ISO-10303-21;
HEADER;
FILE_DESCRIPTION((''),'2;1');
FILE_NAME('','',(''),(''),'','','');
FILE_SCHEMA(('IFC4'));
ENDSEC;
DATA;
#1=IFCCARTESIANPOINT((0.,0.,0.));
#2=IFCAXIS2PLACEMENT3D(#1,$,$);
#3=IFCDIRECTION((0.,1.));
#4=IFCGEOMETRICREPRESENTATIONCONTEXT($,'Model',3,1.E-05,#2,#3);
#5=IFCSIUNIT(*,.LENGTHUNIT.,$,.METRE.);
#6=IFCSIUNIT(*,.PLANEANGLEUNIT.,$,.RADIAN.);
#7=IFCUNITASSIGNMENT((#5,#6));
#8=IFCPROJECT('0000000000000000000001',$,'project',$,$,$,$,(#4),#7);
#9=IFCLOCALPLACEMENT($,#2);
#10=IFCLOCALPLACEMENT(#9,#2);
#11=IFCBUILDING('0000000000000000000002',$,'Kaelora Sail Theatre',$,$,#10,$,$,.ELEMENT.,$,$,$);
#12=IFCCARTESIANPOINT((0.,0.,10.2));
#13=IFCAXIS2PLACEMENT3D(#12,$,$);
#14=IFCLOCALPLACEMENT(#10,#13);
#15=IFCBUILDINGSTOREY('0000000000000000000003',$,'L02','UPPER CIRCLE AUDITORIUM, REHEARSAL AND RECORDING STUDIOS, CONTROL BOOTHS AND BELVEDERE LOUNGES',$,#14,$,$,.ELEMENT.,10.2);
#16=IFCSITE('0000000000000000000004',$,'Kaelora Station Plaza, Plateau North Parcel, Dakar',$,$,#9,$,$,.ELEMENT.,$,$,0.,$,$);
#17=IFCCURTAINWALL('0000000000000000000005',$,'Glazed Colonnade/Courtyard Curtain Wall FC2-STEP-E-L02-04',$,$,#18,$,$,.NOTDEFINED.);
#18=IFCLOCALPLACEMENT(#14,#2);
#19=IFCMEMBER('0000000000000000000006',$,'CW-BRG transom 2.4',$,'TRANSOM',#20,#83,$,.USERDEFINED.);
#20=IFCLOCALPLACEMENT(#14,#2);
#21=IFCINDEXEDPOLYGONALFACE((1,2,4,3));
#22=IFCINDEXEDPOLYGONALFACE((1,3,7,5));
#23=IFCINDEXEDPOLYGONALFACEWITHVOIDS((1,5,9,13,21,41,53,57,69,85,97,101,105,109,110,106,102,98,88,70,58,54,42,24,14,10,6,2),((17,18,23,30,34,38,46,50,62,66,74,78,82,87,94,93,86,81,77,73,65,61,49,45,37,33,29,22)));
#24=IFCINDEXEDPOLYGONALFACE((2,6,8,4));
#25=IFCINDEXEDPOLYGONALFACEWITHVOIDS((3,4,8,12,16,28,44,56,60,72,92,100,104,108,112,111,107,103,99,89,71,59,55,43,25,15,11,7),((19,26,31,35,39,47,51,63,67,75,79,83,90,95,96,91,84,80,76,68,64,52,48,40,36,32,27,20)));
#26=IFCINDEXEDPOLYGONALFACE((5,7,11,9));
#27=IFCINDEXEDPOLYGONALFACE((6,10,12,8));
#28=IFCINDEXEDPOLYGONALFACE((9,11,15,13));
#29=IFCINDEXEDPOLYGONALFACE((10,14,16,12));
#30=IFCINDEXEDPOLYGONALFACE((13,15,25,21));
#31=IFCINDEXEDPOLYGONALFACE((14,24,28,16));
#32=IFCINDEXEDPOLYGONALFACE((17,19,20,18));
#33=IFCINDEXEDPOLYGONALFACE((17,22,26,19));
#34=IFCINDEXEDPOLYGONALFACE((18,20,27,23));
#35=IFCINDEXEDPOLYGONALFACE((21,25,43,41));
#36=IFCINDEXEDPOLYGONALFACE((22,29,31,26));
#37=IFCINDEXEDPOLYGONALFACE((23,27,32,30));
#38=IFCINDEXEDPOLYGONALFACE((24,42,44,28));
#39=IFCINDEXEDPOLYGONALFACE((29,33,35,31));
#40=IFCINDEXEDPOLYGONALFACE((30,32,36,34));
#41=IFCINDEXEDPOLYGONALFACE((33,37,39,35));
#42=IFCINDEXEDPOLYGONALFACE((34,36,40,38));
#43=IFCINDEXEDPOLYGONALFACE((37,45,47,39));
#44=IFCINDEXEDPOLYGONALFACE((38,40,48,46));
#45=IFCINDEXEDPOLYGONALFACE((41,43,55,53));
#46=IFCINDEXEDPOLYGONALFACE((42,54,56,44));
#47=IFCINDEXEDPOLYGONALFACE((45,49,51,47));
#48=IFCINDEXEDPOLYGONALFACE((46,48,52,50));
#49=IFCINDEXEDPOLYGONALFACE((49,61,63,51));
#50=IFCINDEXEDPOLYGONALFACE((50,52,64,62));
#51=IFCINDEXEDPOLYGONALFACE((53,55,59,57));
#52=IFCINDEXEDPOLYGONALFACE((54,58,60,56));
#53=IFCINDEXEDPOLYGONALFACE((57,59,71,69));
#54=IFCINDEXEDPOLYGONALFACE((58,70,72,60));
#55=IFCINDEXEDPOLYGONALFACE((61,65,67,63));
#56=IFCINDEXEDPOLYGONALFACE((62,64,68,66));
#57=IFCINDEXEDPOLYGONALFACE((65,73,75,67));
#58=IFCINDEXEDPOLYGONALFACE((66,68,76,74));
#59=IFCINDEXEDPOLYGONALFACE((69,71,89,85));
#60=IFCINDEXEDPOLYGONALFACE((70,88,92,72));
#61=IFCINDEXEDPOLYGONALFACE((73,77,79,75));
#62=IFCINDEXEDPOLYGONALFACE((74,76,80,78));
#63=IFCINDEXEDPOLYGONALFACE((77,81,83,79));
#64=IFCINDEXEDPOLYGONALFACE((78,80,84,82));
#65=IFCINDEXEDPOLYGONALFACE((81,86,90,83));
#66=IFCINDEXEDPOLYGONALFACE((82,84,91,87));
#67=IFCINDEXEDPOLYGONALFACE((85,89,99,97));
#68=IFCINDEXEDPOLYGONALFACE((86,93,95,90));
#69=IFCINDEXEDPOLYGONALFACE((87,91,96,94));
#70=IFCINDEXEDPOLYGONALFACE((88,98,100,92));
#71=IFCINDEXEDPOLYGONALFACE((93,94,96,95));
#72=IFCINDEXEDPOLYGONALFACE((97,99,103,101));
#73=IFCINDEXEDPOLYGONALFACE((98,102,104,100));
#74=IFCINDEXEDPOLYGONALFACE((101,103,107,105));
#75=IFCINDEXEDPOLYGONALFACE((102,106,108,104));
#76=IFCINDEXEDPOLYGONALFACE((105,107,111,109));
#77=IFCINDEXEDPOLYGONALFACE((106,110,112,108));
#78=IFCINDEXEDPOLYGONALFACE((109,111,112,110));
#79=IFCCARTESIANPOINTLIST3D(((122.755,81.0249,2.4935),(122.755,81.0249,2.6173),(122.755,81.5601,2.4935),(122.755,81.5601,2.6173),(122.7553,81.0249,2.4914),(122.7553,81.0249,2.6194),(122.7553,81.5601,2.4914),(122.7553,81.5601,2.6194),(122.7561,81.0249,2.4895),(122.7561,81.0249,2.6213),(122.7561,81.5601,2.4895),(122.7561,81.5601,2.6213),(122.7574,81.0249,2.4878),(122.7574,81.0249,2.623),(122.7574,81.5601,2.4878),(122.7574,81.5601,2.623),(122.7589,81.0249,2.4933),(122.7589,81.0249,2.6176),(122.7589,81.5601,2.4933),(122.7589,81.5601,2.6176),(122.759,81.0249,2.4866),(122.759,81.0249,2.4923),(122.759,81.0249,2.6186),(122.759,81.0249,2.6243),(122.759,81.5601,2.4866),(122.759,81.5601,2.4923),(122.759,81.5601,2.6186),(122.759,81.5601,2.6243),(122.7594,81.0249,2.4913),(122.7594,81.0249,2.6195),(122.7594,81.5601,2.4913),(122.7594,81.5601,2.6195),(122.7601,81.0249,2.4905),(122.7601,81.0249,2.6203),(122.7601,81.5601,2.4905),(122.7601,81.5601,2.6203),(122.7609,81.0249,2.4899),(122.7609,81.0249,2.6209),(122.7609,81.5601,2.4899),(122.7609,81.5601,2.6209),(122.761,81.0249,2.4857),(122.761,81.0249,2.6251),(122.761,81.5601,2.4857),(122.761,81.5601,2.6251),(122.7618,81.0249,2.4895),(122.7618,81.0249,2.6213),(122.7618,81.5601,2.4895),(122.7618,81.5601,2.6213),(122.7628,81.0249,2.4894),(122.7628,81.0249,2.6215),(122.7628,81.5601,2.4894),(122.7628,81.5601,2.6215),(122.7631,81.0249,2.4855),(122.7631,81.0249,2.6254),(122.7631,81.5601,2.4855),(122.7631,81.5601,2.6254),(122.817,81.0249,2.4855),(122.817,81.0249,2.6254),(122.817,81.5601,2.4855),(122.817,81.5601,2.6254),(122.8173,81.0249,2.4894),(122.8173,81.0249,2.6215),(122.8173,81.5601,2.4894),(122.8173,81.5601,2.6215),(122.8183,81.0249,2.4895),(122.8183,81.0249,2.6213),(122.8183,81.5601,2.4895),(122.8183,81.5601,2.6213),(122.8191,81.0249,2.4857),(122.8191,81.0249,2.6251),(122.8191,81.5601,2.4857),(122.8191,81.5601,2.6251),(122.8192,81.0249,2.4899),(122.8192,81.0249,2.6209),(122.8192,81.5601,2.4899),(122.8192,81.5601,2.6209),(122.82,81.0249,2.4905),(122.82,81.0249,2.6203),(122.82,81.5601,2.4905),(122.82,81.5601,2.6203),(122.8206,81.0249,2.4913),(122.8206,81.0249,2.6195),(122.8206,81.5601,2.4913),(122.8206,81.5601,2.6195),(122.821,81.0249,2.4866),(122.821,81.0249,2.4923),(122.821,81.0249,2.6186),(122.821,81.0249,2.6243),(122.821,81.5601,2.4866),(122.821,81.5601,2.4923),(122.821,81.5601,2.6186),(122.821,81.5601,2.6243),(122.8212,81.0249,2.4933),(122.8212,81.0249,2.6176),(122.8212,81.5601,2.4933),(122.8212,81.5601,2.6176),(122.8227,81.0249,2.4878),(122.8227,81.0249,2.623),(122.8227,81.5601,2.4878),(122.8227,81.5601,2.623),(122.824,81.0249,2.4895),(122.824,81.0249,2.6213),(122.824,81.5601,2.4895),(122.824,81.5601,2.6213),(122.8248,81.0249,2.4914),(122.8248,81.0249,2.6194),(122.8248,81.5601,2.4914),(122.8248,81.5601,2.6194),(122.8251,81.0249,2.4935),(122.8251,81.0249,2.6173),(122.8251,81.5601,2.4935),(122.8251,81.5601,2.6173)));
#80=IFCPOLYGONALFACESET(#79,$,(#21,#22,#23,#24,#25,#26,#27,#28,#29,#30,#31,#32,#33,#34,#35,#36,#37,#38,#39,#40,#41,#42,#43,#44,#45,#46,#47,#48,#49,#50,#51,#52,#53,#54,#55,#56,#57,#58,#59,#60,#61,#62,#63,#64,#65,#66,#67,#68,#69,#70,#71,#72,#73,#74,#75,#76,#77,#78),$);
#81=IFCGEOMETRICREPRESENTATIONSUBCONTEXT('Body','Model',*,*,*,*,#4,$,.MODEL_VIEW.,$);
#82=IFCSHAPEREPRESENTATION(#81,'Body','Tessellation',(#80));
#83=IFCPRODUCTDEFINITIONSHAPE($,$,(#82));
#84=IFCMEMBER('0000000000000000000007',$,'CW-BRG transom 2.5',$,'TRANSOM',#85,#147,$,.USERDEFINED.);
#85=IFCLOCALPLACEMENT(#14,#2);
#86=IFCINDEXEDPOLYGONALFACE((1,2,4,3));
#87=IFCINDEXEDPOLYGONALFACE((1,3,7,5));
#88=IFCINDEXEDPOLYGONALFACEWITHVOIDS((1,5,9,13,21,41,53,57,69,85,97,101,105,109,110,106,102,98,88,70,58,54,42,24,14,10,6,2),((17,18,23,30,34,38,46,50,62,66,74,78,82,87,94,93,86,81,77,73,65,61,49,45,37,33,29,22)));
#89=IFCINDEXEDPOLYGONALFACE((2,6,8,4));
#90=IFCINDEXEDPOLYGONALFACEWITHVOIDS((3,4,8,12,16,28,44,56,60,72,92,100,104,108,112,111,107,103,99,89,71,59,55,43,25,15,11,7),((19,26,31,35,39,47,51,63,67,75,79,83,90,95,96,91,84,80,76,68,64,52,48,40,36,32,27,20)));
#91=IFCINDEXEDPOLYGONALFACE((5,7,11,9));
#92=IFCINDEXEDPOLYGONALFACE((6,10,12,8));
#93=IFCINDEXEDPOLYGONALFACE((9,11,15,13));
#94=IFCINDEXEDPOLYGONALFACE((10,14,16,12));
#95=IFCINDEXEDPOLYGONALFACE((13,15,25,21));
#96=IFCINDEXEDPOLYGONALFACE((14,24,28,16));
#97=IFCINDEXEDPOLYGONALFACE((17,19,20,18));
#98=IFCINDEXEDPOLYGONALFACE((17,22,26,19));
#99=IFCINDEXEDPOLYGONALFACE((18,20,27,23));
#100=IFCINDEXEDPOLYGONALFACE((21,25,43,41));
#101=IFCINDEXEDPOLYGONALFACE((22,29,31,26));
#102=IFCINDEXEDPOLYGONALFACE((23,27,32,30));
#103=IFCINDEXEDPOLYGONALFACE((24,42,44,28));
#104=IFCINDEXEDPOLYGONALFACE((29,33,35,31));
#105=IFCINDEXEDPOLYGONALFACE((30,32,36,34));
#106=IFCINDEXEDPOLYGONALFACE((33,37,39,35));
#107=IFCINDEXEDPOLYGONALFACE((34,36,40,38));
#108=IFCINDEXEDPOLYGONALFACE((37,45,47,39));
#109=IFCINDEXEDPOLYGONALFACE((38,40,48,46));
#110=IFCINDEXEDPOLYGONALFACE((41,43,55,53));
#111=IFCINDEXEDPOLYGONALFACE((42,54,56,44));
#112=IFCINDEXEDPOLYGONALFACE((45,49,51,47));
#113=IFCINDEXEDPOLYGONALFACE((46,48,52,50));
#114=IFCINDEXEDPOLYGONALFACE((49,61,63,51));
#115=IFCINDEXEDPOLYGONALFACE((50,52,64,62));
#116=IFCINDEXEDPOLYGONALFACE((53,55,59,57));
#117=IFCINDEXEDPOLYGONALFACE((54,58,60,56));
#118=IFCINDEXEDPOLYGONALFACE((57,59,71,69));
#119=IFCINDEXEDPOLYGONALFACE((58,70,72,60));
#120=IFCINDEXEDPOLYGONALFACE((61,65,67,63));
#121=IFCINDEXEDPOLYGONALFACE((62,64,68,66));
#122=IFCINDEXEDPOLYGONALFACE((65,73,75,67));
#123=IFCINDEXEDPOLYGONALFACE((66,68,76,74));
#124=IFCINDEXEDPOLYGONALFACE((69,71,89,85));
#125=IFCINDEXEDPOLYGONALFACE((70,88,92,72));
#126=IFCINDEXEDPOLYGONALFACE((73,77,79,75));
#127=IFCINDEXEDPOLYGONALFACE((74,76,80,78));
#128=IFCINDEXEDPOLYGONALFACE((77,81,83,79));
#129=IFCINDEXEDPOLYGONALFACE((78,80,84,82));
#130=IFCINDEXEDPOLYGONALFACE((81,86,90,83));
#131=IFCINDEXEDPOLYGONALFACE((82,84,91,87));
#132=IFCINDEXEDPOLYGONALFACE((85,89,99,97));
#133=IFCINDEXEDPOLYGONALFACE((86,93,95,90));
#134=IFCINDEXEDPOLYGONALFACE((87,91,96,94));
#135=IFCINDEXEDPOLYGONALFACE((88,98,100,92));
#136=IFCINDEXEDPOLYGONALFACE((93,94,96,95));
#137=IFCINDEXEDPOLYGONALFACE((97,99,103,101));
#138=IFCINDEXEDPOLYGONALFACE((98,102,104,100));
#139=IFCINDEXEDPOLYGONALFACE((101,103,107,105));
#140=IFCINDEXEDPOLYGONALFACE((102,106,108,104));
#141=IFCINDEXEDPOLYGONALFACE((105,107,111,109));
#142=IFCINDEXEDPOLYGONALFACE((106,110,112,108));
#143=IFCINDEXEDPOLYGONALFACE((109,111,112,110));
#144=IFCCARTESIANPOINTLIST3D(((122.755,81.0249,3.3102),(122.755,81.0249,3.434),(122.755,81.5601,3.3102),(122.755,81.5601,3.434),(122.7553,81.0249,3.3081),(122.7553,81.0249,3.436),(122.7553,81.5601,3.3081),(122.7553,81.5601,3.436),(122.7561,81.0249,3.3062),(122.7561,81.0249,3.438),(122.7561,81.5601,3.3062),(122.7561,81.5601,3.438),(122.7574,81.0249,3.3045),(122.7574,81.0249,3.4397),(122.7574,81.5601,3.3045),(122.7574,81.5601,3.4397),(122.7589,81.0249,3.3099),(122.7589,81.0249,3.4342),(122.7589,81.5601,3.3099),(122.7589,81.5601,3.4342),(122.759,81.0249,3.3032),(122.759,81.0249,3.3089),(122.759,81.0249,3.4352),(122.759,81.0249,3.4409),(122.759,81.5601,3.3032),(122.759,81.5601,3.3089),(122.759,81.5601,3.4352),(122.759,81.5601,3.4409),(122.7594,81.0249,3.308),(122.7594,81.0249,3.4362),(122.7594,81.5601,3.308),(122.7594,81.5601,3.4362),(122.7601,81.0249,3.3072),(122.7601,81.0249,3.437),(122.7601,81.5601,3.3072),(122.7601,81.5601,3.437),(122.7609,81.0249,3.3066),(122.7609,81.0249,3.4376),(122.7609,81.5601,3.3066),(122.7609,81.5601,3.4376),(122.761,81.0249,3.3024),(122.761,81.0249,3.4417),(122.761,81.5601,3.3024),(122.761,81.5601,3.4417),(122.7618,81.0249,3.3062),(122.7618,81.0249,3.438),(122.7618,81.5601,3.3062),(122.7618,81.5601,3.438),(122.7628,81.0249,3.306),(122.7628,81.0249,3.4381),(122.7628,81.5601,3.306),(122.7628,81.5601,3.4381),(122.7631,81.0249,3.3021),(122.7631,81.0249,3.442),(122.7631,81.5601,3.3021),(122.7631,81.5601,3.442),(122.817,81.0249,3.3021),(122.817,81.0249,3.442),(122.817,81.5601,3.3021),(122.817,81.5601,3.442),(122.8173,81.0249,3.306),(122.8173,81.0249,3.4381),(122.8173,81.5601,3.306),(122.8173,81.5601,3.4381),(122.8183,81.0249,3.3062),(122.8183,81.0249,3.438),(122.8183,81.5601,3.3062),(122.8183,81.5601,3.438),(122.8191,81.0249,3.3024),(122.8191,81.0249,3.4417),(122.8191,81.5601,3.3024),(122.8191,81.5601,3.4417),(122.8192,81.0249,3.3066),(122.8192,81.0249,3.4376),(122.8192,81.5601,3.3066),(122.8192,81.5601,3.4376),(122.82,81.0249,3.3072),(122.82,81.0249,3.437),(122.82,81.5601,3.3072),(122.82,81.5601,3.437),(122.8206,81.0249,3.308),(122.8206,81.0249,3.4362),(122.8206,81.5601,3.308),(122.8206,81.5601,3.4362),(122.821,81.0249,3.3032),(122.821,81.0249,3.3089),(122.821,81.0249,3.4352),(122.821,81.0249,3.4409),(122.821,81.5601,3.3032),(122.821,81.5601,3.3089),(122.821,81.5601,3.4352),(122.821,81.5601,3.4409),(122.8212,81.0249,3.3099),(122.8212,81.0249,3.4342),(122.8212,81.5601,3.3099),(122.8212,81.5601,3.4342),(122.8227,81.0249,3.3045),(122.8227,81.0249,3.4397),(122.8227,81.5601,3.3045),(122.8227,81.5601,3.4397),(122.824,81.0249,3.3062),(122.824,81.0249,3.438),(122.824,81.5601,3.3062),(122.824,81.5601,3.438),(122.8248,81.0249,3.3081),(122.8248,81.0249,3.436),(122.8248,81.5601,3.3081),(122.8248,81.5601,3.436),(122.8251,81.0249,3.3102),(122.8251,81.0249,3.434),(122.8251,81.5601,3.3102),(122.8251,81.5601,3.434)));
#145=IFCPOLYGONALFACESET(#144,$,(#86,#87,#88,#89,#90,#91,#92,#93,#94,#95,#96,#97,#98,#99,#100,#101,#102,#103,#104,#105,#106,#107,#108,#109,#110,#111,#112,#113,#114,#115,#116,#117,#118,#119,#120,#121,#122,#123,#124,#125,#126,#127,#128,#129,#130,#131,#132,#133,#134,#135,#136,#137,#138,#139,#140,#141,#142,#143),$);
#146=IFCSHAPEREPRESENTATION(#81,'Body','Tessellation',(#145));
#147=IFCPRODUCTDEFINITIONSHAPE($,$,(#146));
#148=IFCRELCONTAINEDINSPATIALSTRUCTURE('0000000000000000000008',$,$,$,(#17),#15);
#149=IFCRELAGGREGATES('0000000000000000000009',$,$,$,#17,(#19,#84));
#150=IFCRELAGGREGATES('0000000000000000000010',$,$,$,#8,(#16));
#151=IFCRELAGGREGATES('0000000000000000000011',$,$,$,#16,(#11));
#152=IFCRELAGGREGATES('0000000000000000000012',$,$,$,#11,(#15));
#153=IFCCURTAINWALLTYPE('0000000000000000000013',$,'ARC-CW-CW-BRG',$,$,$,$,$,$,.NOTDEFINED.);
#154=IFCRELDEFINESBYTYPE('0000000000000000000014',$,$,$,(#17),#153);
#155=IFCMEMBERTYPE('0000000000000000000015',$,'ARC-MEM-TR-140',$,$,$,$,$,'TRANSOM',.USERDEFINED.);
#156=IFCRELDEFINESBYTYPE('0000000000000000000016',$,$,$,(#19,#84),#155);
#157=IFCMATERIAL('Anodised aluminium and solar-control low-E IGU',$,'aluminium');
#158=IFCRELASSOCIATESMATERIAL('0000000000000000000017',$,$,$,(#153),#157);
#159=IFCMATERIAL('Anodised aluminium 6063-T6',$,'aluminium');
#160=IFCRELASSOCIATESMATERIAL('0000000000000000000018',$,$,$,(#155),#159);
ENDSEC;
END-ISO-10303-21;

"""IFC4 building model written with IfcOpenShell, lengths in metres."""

from ifc_helpers import new_model, si_unit, direction, frame, origin, origin_2d, place, context, subcontext, project, spatial, hollow_rectangle, extrude, material, material_profile, profile_set, type_object, element, aggregate, save


model = new_model("IFC4")

# Units and contexts
model_context = context("Model", 3, precision=1e-05, world=origin(), true_north=direction((0.0, 1.0)))
body_context = subcontext(model_context, "Body", "Model", "MODEL_VIEW")
ifc_project = project(units=[si_unit("LENGTHUNIT", "METRE"), si_unit("PLANEANGLEUNIT", "RADIAN")], contexts=[model_context])

# Site, building, storey
site_placement = place(None, origin())
site = spatial("IfcSite", under=ifc_project, at=site_placement, Name="Kaelora Station Plaza, Plateau North Parcel, Dakar", CompositionType="ELEMENT", RefElevation=0.0)
building_placement = place(site_placement, origin())
building = spatial("IfcBuilding", under=site, at=building_placement, Name="Kaelora Sail Theatre", CompositionType="ELEMENT")
storey_placement = place(building_placement, frame((0.0, 0.0, 10.2)))
storey = spatial("IfcBuildingStorey", under=building, at=storey_placement, Name="L02", Description="UPPER CIRCLE AUDITORIUM, REHEARSAL AND RECORDING STUDIOS, CONTROL BOOTHS AND BELVEDERE LOUNGES", CompositionType="ELEMENT", Elevation=10.2)

# Curtain wall, members
ifc_material_1 = material(Name="Anodised aluminium and solar-control low-E IGU", Category="aluminium")
curtain_wall_type = type_object("IfcCurtainWallType", Name="ARC-CW-CW-BRG", PredefinedType="NOTDEFINED", material=ifc_material_1)
curtain_wall_placement = place(storey_placement, origin())
curtain_wall = element("IfcCurtainWall", 1, at=curtain_wall_placement, inside=storey, type_object=curtain_wall_type, Name="Glazed Colonnade/Courtyard Curtain Wall FC2-STEP-E-L02-04", PredefinedType="NOTDEFINED")
ifc_material_2 = material(Name="Anodised aluminium 6063-T6", Category="aluminium")
ifc_material_profile_1 = material_profile(ifc_material_2, hollow_rectangle(XDim=0.0701, YDim=0.1399, WallThickness=0.0039, InnerFilletRadius=0.0039, OuterFilletRadius=0.0081, at=origin_2d()), Name="ALU-TRAN 70x140x4")
ifc_profile_set_1 = profile_set([ifc_material_profile_1], Name="Anodised aluminium 6063-T6")
member_type_1 = type_object("IfcMemberType", Name="ARC-MEM-TR-140", ElementType="TRANSOM", PredefinedType="USERDEFINED", material=ifc_profile_set_1)
member_1_placement = place(storey_placement, frame((122.79, 81.0249, 2.5554), z_axis=(0.0, 1.0, 0.0), x_axis=(-1.0, 0.0, 0.0)))
member_1 = element("IfcMember", 2, at=member_1_placement, type_object=member_type_1, Name="CW-BRG transom 2.4", ObjectType="TRANSOM", PredefinedType="USERDEFINED", context=body_context, shape_type="SweptSolid", body=[
    extrude(hollow_rectangle(XDim=0.0701, YDim=0.1399, WallThickness=0.0039, InnerFilletRadius=0.0039, OuterFilletRadius=0.0081, at=origin_2d()), origin(), (0.0, 0.0, 1.0), 0.5352),
])
member_2_placement = place(storey_placement, frame((122.79, 81.0249, 3.3721), z_axis=(0.0, 1.0, 0.0), x_axis=(-1.0, 0.0, 0.0)))
member_2 = element("IfcMember", 3, at=member_2_placement, type_object=member_type_1, Name="CW-BRG transom 2.5", ObjectType="TRANSOM", PredefinedType="USERDEFINED", context=body_context, shape_type="SweptSolid", body=[
    extrude(hollow_rectangle(XDim=0.0701, YDim=0.1399, WallThickness=0.0039, InnerFilletRadius=0.0039, OuterFilletRadius=0.0081, at=origin_2d()), origin(), (0.0, 0.0, 1.0), 0.5352),
])

aggregate(curtain_wall, [member_1, member_2])

save(model, "model.ifc")
